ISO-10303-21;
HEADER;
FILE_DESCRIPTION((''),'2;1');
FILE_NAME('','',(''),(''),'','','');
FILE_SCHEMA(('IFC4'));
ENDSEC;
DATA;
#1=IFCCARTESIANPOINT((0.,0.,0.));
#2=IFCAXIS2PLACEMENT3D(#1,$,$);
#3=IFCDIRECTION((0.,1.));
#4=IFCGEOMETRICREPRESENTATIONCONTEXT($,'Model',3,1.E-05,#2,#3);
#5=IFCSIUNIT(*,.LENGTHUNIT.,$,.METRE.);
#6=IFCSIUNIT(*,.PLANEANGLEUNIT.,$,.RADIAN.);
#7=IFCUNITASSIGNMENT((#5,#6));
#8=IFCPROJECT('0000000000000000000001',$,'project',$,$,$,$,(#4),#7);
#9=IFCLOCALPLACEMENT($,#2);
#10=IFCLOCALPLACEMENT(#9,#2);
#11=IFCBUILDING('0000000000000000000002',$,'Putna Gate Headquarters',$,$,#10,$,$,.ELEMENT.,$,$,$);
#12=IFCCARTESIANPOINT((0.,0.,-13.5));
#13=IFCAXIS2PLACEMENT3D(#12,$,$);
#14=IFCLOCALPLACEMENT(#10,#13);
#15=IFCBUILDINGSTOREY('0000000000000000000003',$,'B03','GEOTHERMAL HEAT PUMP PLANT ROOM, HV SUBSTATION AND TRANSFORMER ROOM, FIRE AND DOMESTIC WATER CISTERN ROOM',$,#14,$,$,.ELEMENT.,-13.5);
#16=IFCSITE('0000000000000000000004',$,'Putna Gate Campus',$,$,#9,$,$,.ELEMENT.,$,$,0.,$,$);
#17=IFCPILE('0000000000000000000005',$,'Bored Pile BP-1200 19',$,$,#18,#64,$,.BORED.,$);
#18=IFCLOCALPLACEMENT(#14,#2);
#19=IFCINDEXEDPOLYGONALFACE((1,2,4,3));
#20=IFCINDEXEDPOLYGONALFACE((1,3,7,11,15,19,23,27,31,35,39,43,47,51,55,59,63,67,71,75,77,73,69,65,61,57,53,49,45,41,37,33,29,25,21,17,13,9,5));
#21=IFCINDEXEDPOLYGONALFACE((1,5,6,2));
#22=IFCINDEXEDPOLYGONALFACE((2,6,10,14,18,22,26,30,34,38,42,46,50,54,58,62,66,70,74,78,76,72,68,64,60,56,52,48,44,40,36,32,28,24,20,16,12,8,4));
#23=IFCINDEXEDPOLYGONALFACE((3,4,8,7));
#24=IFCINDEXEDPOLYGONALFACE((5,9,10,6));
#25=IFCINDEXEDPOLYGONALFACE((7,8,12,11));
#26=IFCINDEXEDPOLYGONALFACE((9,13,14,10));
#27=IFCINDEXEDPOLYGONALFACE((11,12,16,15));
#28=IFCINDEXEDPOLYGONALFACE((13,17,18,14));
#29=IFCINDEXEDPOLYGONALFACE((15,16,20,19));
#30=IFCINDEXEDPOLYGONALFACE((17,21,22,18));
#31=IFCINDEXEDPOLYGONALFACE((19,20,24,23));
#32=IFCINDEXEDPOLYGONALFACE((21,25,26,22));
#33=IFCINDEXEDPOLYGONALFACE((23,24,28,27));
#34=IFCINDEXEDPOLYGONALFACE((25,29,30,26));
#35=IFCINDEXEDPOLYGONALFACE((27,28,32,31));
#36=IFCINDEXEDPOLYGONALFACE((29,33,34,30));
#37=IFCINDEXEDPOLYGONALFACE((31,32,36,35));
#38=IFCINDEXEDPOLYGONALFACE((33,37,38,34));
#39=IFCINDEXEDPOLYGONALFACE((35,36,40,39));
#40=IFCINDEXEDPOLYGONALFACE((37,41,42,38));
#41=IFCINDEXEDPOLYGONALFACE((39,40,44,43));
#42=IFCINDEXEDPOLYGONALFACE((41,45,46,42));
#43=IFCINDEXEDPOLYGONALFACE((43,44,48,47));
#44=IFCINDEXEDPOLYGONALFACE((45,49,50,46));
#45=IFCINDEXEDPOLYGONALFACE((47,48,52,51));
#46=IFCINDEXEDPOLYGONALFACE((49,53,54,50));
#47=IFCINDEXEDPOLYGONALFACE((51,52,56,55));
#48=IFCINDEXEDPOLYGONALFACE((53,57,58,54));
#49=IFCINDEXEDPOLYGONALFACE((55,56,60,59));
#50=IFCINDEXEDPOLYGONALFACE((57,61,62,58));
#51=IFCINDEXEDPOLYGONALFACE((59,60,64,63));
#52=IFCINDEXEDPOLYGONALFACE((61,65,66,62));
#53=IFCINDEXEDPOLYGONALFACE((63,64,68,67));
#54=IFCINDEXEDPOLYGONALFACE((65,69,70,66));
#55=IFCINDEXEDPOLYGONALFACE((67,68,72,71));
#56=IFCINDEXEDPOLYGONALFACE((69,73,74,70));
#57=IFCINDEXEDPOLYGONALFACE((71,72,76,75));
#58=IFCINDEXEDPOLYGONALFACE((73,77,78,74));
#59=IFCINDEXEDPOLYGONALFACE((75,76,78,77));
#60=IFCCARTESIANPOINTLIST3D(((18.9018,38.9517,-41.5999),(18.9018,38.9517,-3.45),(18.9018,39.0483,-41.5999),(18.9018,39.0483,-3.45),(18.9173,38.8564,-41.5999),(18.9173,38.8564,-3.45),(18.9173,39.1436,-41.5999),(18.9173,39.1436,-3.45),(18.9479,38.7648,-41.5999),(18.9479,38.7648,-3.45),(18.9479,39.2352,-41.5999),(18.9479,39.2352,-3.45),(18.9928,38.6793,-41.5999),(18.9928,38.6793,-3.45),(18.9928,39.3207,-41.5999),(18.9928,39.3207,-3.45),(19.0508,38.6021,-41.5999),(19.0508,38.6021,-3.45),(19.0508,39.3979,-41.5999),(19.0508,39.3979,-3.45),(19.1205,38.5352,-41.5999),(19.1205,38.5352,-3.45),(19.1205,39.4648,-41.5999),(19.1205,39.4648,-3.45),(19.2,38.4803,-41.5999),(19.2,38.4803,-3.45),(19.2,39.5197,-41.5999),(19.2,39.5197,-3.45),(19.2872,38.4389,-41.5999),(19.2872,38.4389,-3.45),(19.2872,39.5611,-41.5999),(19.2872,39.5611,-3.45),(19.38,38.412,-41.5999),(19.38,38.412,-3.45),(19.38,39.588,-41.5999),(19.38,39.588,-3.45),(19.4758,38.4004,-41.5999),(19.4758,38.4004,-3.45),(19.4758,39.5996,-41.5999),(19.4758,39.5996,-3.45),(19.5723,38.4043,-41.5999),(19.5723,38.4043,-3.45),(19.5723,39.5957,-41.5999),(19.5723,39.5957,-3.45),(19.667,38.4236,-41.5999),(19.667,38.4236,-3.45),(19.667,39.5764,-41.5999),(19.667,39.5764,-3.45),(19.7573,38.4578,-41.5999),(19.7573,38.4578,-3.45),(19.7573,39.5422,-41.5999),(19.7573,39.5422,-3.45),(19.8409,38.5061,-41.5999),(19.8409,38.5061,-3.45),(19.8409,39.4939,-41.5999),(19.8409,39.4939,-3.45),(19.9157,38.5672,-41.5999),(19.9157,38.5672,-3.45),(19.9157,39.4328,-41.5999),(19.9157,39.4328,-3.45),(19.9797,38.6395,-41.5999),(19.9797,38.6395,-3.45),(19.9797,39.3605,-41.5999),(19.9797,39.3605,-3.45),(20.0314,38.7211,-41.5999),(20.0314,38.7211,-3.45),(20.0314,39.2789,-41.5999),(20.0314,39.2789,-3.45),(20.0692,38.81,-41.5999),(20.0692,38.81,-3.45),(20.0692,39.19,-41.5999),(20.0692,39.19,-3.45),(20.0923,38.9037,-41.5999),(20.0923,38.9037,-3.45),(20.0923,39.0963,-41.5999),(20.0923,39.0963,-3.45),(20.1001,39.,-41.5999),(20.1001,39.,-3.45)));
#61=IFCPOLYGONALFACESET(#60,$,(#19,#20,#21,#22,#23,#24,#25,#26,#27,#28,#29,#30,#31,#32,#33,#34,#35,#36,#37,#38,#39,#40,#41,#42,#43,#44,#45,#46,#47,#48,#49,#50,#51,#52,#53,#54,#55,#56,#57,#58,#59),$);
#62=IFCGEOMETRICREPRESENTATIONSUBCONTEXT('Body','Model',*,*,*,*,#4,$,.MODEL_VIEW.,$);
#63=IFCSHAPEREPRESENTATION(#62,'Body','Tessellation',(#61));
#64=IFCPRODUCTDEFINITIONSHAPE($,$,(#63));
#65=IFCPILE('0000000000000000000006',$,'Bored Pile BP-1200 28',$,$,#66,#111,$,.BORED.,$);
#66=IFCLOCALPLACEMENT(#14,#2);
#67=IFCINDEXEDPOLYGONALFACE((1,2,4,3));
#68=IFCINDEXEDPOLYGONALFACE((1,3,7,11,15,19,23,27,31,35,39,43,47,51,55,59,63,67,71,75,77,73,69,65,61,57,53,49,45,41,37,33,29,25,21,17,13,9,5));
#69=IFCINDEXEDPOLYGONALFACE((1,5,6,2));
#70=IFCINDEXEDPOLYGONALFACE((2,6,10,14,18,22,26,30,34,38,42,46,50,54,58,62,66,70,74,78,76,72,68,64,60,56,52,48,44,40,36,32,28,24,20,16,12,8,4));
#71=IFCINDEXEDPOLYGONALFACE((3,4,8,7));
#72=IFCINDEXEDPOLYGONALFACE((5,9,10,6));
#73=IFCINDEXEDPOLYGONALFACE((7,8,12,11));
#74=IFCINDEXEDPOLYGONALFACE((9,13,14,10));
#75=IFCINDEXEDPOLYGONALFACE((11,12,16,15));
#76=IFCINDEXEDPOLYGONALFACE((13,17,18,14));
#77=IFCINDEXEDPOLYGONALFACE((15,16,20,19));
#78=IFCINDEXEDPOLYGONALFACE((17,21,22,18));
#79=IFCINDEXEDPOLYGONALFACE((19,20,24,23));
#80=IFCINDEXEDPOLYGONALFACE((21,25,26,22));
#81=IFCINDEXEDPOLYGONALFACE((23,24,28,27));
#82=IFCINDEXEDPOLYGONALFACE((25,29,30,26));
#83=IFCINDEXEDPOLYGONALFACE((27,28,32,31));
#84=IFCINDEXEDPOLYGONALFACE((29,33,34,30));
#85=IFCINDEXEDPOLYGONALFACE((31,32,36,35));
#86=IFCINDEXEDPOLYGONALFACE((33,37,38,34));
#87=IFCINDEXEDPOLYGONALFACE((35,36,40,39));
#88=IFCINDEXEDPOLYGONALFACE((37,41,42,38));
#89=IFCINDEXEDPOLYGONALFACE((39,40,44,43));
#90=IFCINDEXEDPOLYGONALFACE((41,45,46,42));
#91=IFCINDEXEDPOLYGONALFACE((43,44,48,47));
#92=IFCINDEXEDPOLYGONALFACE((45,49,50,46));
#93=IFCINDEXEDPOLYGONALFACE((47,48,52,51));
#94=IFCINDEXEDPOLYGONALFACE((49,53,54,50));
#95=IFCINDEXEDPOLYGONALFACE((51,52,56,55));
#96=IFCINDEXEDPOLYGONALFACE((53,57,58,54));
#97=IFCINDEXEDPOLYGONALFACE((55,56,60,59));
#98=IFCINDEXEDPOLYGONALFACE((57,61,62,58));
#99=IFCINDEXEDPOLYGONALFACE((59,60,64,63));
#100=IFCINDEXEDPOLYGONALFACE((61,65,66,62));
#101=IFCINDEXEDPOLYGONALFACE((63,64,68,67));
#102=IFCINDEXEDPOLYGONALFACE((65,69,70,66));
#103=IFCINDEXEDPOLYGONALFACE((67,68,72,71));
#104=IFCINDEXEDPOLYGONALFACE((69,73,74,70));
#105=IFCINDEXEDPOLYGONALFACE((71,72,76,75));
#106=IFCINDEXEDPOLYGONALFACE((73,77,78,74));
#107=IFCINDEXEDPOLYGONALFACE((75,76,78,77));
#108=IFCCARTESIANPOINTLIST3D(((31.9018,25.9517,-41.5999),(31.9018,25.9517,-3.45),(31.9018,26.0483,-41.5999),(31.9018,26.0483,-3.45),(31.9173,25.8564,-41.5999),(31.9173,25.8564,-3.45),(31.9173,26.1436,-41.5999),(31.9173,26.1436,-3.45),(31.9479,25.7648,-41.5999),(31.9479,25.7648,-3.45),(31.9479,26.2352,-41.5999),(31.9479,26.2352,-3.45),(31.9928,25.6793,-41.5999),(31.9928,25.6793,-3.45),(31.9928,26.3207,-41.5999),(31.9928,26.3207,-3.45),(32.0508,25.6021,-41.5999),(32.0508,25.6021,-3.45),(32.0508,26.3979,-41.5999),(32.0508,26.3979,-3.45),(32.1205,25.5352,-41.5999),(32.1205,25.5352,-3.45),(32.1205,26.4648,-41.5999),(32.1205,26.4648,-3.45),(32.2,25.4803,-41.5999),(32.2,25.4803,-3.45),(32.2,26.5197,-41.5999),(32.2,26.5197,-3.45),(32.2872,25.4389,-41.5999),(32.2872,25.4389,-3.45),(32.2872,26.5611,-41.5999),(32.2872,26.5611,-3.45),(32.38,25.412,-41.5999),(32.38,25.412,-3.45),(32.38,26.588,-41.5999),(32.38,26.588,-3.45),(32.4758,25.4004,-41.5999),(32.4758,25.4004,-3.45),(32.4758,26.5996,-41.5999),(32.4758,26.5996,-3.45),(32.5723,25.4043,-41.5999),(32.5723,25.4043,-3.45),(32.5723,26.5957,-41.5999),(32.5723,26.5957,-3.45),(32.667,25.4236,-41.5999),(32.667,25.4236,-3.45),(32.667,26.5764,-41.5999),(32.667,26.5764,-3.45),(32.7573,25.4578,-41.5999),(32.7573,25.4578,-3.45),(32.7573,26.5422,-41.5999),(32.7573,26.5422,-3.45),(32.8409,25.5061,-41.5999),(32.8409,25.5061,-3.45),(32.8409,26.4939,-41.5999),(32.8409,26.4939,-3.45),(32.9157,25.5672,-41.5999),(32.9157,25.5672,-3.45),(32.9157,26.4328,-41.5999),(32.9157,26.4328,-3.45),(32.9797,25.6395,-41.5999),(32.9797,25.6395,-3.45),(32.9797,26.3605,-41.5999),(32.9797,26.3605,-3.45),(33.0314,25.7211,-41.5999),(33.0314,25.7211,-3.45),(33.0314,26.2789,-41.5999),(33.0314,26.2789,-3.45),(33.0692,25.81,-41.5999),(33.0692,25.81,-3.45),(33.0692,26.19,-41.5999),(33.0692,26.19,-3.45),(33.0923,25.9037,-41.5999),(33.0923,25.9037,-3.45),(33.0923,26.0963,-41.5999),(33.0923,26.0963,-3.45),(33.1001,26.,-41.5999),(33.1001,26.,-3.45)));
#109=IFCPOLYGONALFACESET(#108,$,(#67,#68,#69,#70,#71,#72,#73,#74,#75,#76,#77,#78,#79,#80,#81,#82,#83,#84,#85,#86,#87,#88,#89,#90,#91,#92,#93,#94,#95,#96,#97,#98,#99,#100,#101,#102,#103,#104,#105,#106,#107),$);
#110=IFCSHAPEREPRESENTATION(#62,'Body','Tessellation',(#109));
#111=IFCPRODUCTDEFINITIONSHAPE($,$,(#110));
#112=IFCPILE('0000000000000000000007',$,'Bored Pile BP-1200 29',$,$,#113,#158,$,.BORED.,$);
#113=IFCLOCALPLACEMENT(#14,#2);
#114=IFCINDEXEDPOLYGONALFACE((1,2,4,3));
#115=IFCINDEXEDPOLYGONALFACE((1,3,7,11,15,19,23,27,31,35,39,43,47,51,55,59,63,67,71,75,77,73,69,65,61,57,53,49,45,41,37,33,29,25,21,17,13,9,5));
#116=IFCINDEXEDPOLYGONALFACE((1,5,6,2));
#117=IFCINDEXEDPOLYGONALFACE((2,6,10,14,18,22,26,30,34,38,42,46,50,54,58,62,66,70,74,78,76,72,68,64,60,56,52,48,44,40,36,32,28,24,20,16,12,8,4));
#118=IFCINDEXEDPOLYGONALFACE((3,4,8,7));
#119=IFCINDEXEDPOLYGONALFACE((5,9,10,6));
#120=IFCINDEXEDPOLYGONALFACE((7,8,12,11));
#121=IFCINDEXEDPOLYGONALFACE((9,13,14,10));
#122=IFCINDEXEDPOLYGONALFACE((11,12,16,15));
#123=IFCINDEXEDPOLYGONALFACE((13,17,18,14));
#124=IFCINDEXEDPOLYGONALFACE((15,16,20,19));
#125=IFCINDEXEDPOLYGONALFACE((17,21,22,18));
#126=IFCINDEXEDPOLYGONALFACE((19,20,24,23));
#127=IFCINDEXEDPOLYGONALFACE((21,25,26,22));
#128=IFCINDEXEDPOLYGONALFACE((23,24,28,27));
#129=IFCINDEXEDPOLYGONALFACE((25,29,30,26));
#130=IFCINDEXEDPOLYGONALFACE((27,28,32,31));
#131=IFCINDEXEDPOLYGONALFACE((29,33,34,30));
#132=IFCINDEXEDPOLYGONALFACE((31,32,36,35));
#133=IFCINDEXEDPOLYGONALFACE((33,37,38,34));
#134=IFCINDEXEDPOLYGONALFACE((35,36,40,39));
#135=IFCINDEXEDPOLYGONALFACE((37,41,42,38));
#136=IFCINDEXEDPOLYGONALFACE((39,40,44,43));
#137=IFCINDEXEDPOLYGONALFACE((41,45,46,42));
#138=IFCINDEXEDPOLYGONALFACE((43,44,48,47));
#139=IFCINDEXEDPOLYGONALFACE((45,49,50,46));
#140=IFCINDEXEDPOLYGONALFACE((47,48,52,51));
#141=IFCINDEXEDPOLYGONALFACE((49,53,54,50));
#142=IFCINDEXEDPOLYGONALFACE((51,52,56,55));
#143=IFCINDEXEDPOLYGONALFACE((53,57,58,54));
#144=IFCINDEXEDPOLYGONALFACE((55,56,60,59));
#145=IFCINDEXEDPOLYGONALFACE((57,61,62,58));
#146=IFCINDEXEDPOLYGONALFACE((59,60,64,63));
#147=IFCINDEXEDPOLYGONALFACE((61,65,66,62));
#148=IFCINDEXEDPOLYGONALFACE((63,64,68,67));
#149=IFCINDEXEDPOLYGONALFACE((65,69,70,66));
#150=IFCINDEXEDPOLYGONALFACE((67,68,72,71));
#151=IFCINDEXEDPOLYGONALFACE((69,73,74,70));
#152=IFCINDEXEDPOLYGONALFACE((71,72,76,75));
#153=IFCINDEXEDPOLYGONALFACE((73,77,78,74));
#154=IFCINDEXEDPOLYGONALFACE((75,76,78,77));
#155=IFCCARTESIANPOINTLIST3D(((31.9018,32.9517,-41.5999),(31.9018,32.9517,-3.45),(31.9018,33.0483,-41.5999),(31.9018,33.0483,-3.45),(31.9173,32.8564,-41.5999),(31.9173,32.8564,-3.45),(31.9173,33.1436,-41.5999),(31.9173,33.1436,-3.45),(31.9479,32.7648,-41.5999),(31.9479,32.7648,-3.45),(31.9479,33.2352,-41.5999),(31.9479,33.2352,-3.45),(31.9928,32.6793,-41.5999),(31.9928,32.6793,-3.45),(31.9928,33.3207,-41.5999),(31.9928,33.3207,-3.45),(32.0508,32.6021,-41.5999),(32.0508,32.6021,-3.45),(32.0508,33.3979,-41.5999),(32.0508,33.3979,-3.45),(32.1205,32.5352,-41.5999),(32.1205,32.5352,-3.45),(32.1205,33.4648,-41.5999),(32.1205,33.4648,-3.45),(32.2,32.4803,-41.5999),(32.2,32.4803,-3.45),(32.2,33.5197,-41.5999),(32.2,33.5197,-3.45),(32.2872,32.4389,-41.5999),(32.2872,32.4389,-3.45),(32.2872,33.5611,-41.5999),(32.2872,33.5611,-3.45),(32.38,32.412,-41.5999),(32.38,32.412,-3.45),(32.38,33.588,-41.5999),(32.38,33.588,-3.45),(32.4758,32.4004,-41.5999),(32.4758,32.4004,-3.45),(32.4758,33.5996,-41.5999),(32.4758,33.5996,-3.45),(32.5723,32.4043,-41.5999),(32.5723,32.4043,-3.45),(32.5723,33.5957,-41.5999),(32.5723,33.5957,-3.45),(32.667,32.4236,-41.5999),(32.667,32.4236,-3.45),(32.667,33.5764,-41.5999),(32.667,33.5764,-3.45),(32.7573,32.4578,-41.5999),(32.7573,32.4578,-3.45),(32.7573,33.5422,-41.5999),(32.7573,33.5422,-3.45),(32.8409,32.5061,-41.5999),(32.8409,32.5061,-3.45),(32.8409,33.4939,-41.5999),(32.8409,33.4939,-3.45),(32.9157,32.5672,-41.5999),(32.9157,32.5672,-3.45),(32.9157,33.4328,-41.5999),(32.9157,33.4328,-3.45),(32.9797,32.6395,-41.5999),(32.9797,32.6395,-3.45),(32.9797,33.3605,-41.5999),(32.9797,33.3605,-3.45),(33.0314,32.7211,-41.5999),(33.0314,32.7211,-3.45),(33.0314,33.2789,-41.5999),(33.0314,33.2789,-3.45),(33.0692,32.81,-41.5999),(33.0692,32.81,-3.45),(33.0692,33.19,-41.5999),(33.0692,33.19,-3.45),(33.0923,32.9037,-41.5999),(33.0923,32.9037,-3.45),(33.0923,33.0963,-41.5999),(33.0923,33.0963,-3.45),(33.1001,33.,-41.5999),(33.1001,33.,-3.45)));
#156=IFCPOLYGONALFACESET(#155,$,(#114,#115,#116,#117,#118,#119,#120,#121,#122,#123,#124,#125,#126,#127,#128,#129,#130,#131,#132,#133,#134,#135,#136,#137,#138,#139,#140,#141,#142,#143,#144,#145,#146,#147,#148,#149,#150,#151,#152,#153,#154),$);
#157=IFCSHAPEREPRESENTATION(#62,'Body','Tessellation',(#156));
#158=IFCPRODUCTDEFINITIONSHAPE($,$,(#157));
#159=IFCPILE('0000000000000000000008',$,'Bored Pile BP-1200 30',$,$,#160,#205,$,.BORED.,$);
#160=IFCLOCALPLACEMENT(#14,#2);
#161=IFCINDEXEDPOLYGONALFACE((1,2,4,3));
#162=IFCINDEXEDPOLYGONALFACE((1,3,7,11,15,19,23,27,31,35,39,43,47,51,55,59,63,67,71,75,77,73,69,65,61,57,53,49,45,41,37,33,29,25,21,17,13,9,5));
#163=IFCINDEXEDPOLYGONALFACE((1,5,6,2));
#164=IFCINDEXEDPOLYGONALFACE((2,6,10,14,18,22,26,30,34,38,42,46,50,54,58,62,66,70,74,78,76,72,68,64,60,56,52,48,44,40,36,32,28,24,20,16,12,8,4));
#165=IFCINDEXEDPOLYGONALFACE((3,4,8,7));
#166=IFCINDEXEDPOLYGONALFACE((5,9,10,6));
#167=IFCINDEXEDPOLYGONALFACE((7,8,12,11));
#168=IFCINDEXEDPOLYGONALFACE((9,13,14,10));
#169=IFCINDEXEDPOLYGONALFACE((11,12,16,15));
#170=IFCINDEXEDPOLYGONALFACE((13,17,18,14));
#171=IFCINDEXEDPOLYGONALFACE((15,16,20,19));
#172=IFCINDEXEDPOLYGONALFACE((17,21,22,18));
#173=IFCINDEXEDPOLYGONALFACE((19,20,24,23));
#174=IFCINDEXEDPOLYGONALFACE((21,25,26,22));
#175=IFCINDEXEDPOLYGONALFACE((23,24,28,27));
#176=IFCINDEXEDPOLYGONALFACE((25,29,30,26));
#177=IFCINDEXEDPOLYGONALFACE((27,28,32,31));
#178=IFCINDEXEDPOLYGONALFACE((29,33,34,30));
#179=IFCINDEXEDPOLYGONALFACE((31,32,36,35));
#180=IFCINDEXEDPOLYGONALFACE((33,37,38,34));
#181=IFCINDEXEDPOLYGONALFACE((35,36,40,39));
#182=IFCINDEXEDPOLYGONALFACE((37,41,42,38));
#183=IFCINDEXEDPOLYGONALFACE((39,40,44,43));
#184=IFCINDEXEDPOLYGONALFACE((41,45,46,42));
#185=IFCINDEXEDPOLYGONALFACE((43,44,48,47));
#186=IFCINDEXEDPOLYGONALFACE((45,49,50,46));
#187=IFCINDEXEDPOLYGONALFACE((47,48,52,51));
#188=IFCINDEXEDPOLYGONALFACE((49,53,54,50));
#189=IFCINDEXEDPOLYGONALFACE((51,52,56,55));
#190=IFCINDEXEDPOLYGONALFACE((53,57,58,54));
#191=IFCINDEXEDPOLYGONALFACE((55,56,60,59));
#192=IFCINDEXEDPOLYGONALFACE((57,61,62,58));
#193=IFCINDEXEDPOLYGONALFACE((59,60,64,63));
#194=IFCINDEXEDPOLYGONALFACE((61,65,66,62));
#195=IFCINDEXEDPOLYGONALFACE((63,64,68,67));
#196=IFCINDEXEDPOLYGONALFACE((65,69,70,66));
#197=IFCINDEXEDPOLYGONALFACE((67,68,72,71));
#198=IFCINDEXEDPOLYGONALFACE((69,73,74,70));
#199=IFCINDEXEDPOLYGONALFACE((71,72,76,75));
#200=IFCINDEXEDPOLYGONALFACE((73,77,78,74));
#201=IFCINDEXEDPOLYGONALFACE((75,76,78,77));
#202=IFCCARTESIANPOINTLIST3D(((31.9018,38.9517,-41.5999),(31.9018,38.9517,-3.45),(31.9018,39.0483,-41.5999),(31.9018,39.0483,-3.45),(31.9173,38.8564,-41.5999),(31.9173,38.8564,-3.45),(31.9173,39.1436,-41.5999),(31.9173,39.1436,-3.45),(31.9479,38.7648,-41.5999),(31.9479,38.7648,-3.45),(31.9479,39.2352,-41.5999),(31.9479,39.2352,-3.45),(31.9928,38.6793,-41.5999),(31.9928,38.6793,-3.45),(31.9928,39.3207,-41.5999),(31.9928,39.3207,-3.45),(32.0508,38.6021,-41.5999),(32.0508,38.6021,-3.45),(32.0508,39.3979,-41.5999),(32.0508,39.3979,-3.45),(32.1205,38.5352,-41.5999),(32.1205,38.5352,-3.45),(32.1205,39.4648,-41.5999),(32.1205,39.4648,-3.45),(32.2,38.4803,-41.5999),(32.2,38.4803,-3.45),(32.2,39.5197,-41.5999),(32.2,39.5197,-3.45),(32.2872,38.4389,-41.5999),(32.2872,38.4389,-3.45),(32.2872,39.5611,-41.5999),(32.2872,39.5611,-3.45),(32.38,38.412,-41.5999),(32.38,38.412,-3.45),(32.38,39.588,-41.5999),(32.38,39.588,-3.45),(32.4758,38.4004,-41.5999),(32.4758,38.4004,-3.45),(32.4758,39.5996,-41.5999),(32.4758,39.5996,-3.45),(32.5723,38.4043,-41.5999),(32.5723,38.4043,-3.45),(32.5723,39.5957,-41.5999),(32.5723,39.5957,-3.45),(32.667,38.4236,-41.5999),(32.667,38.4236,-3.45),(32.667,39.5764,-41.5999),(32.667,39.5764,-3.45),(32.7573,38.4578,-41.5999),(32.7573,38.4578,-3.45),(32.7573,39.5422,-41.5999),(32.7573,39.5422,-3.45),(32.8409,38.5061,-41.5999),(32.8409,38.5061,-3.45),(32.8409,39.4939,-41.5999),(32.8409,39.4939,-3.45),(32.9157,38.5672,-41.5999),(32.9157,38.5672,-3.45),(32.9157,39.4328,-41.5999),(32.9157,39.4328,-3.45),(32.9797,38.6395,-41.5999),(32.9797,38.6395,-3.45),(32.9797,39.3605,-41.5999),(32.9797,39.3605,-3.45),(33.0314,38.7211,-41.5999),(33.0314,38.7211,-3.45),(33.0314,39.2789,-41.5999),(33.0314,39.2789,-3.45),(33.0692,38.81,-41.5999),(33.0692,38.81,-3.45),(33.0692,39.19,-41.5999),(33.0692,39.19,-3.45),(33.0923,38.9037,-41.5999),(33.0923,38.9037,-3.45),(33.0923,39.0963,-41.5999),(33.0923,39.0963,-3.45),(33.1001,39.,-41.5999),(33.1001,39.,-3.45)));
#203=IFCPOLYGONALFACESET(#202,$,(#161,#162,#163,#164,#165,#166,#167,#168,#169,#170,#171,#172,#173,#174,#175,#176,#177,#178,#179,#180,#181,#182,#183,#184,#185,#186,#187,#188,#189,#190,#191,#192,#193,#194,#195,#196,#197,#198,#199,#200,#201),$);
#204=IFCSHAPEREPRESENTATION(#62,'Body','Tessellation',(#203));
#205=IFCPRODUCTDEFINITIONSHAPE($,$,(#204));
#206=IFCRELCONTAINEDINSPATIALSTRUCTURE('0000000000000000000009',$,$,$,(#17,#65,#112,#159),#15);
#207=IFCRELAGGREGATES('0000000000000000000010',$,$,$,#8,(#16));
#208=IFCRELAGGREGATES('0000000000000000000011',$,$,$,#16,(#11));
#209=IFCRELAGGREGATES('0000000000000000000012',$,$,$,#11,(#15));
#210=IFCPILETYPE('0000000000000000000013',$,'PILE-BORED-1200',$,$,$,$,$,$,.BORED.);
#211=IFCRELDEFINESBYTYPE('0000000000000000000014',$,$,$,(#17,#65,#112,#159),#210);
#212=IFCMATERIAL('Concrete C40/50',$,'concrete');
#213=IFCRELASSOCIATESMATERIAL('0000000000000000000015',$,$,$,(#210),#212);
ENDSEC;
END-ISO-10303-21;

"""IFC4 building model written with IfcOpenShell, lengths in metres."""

from ifc_helpers import new_model, si_unit, direction, frame, origin, origin_2d, place, context, subcontext, project, spatial, circle, extrude, material, material_profile, profile_set, type_object, element, save


model = new_model("IFC4")

# Units and contexts
model_context = context("Model", 3, precision=1e-05, world=origin(), true_north=direction((0.0, 1.0)))
body_context = subcontext(model_context, "Body", "Model", "MODEL_VIEW")
ifc_project = project(units=[si_unit("LENGTHUNIT", "METRE"), si_unit("PLANEANGLEUNIT", "RADIAN")], contexts=[model_context])

# Site, building, storey
site_placement = place(None, origin())
site = spatial("IfcSite", under=ifc_project, at=site_placement, Name="Putna Gate Campus", CompositionType="ELEMENT", RefElevation=0.0)
building_placement = place(site_placement, origin())
building = spatial("IfcBuilding", under=site, at=building_placement, Name="Putna Gate Headquarters", CompositionType="ELEMENT")
storey_placement = place(building_placement, frame((0.0, 0.0, -13.5)))
storey = spatial("IfcBuildingStorey", under=building, at=storey_placement, Name="B03", Description="GEOTHERMAL HEAT PUMP PLANT ROOM, HV SUBSTATION AND TRANSFORMER ROOM, FIRE AND DOMESTIC WATER CISTERN ROOM", CompositionType="ELEMENT", Elevation=-13.5)

# Piles
ifc_material_1 = material(Name="Concrete C40/50", Category="concrete")
ifc_material_profile_1 = material_profile(ifc_material_1, circle(Radius=0.6001, at=origin_2d()), Name="Concrete C40/50")
ifc_profile_set_1 = profile_set([ifc_material_profile_1], Name="Concrete C40/50")
pile_type_1 = type_object("IfcPileType", Name="PILE-BORED-1200", PredefinedType="BORED", material=ifc_profile_set_1)
for number, where, z_axis, x_axis, name in (
    (1, (19.5, 39.0, -3.45), (0.0, 0.0, -1.0), (1.0, 0.0, 0.0), "Bored Pile BP-1200 19"),
    (2, (32.5, 26.0, -3.45), (0.0, 0.0, -1.0), (1.0, 0.0, 0.0), "Bored Pile BP-1200 28"),
    (3, (32.5, 33.0, -3.45), (0.0, 0.0, -1.0), (1.0, 0.0, 0.0), "Bored Pile BP-1200 29"),
    (4, (32.5, 39.0, -3.45), (0.0, 0.0, -1.0), (1.0, 0.0, 0.0), "Bored Pile BP-1200 30"),
):
    element("IfcPile", number, at=place(storey_placement, frame(where, z_axis=z_axis, x_axis=x_axis)), inside=storey, type_object=pile_type_1, Name=name, PredefinedType="BORED", context=body_context, shape_type="SweptSolid", body=[
        extrude(circle(Radius=0.6001, at=origin_2d()), origin(), (0.0, 0.0, 1.0), 38.1499),
    ])

save(model, "model.ifc")
